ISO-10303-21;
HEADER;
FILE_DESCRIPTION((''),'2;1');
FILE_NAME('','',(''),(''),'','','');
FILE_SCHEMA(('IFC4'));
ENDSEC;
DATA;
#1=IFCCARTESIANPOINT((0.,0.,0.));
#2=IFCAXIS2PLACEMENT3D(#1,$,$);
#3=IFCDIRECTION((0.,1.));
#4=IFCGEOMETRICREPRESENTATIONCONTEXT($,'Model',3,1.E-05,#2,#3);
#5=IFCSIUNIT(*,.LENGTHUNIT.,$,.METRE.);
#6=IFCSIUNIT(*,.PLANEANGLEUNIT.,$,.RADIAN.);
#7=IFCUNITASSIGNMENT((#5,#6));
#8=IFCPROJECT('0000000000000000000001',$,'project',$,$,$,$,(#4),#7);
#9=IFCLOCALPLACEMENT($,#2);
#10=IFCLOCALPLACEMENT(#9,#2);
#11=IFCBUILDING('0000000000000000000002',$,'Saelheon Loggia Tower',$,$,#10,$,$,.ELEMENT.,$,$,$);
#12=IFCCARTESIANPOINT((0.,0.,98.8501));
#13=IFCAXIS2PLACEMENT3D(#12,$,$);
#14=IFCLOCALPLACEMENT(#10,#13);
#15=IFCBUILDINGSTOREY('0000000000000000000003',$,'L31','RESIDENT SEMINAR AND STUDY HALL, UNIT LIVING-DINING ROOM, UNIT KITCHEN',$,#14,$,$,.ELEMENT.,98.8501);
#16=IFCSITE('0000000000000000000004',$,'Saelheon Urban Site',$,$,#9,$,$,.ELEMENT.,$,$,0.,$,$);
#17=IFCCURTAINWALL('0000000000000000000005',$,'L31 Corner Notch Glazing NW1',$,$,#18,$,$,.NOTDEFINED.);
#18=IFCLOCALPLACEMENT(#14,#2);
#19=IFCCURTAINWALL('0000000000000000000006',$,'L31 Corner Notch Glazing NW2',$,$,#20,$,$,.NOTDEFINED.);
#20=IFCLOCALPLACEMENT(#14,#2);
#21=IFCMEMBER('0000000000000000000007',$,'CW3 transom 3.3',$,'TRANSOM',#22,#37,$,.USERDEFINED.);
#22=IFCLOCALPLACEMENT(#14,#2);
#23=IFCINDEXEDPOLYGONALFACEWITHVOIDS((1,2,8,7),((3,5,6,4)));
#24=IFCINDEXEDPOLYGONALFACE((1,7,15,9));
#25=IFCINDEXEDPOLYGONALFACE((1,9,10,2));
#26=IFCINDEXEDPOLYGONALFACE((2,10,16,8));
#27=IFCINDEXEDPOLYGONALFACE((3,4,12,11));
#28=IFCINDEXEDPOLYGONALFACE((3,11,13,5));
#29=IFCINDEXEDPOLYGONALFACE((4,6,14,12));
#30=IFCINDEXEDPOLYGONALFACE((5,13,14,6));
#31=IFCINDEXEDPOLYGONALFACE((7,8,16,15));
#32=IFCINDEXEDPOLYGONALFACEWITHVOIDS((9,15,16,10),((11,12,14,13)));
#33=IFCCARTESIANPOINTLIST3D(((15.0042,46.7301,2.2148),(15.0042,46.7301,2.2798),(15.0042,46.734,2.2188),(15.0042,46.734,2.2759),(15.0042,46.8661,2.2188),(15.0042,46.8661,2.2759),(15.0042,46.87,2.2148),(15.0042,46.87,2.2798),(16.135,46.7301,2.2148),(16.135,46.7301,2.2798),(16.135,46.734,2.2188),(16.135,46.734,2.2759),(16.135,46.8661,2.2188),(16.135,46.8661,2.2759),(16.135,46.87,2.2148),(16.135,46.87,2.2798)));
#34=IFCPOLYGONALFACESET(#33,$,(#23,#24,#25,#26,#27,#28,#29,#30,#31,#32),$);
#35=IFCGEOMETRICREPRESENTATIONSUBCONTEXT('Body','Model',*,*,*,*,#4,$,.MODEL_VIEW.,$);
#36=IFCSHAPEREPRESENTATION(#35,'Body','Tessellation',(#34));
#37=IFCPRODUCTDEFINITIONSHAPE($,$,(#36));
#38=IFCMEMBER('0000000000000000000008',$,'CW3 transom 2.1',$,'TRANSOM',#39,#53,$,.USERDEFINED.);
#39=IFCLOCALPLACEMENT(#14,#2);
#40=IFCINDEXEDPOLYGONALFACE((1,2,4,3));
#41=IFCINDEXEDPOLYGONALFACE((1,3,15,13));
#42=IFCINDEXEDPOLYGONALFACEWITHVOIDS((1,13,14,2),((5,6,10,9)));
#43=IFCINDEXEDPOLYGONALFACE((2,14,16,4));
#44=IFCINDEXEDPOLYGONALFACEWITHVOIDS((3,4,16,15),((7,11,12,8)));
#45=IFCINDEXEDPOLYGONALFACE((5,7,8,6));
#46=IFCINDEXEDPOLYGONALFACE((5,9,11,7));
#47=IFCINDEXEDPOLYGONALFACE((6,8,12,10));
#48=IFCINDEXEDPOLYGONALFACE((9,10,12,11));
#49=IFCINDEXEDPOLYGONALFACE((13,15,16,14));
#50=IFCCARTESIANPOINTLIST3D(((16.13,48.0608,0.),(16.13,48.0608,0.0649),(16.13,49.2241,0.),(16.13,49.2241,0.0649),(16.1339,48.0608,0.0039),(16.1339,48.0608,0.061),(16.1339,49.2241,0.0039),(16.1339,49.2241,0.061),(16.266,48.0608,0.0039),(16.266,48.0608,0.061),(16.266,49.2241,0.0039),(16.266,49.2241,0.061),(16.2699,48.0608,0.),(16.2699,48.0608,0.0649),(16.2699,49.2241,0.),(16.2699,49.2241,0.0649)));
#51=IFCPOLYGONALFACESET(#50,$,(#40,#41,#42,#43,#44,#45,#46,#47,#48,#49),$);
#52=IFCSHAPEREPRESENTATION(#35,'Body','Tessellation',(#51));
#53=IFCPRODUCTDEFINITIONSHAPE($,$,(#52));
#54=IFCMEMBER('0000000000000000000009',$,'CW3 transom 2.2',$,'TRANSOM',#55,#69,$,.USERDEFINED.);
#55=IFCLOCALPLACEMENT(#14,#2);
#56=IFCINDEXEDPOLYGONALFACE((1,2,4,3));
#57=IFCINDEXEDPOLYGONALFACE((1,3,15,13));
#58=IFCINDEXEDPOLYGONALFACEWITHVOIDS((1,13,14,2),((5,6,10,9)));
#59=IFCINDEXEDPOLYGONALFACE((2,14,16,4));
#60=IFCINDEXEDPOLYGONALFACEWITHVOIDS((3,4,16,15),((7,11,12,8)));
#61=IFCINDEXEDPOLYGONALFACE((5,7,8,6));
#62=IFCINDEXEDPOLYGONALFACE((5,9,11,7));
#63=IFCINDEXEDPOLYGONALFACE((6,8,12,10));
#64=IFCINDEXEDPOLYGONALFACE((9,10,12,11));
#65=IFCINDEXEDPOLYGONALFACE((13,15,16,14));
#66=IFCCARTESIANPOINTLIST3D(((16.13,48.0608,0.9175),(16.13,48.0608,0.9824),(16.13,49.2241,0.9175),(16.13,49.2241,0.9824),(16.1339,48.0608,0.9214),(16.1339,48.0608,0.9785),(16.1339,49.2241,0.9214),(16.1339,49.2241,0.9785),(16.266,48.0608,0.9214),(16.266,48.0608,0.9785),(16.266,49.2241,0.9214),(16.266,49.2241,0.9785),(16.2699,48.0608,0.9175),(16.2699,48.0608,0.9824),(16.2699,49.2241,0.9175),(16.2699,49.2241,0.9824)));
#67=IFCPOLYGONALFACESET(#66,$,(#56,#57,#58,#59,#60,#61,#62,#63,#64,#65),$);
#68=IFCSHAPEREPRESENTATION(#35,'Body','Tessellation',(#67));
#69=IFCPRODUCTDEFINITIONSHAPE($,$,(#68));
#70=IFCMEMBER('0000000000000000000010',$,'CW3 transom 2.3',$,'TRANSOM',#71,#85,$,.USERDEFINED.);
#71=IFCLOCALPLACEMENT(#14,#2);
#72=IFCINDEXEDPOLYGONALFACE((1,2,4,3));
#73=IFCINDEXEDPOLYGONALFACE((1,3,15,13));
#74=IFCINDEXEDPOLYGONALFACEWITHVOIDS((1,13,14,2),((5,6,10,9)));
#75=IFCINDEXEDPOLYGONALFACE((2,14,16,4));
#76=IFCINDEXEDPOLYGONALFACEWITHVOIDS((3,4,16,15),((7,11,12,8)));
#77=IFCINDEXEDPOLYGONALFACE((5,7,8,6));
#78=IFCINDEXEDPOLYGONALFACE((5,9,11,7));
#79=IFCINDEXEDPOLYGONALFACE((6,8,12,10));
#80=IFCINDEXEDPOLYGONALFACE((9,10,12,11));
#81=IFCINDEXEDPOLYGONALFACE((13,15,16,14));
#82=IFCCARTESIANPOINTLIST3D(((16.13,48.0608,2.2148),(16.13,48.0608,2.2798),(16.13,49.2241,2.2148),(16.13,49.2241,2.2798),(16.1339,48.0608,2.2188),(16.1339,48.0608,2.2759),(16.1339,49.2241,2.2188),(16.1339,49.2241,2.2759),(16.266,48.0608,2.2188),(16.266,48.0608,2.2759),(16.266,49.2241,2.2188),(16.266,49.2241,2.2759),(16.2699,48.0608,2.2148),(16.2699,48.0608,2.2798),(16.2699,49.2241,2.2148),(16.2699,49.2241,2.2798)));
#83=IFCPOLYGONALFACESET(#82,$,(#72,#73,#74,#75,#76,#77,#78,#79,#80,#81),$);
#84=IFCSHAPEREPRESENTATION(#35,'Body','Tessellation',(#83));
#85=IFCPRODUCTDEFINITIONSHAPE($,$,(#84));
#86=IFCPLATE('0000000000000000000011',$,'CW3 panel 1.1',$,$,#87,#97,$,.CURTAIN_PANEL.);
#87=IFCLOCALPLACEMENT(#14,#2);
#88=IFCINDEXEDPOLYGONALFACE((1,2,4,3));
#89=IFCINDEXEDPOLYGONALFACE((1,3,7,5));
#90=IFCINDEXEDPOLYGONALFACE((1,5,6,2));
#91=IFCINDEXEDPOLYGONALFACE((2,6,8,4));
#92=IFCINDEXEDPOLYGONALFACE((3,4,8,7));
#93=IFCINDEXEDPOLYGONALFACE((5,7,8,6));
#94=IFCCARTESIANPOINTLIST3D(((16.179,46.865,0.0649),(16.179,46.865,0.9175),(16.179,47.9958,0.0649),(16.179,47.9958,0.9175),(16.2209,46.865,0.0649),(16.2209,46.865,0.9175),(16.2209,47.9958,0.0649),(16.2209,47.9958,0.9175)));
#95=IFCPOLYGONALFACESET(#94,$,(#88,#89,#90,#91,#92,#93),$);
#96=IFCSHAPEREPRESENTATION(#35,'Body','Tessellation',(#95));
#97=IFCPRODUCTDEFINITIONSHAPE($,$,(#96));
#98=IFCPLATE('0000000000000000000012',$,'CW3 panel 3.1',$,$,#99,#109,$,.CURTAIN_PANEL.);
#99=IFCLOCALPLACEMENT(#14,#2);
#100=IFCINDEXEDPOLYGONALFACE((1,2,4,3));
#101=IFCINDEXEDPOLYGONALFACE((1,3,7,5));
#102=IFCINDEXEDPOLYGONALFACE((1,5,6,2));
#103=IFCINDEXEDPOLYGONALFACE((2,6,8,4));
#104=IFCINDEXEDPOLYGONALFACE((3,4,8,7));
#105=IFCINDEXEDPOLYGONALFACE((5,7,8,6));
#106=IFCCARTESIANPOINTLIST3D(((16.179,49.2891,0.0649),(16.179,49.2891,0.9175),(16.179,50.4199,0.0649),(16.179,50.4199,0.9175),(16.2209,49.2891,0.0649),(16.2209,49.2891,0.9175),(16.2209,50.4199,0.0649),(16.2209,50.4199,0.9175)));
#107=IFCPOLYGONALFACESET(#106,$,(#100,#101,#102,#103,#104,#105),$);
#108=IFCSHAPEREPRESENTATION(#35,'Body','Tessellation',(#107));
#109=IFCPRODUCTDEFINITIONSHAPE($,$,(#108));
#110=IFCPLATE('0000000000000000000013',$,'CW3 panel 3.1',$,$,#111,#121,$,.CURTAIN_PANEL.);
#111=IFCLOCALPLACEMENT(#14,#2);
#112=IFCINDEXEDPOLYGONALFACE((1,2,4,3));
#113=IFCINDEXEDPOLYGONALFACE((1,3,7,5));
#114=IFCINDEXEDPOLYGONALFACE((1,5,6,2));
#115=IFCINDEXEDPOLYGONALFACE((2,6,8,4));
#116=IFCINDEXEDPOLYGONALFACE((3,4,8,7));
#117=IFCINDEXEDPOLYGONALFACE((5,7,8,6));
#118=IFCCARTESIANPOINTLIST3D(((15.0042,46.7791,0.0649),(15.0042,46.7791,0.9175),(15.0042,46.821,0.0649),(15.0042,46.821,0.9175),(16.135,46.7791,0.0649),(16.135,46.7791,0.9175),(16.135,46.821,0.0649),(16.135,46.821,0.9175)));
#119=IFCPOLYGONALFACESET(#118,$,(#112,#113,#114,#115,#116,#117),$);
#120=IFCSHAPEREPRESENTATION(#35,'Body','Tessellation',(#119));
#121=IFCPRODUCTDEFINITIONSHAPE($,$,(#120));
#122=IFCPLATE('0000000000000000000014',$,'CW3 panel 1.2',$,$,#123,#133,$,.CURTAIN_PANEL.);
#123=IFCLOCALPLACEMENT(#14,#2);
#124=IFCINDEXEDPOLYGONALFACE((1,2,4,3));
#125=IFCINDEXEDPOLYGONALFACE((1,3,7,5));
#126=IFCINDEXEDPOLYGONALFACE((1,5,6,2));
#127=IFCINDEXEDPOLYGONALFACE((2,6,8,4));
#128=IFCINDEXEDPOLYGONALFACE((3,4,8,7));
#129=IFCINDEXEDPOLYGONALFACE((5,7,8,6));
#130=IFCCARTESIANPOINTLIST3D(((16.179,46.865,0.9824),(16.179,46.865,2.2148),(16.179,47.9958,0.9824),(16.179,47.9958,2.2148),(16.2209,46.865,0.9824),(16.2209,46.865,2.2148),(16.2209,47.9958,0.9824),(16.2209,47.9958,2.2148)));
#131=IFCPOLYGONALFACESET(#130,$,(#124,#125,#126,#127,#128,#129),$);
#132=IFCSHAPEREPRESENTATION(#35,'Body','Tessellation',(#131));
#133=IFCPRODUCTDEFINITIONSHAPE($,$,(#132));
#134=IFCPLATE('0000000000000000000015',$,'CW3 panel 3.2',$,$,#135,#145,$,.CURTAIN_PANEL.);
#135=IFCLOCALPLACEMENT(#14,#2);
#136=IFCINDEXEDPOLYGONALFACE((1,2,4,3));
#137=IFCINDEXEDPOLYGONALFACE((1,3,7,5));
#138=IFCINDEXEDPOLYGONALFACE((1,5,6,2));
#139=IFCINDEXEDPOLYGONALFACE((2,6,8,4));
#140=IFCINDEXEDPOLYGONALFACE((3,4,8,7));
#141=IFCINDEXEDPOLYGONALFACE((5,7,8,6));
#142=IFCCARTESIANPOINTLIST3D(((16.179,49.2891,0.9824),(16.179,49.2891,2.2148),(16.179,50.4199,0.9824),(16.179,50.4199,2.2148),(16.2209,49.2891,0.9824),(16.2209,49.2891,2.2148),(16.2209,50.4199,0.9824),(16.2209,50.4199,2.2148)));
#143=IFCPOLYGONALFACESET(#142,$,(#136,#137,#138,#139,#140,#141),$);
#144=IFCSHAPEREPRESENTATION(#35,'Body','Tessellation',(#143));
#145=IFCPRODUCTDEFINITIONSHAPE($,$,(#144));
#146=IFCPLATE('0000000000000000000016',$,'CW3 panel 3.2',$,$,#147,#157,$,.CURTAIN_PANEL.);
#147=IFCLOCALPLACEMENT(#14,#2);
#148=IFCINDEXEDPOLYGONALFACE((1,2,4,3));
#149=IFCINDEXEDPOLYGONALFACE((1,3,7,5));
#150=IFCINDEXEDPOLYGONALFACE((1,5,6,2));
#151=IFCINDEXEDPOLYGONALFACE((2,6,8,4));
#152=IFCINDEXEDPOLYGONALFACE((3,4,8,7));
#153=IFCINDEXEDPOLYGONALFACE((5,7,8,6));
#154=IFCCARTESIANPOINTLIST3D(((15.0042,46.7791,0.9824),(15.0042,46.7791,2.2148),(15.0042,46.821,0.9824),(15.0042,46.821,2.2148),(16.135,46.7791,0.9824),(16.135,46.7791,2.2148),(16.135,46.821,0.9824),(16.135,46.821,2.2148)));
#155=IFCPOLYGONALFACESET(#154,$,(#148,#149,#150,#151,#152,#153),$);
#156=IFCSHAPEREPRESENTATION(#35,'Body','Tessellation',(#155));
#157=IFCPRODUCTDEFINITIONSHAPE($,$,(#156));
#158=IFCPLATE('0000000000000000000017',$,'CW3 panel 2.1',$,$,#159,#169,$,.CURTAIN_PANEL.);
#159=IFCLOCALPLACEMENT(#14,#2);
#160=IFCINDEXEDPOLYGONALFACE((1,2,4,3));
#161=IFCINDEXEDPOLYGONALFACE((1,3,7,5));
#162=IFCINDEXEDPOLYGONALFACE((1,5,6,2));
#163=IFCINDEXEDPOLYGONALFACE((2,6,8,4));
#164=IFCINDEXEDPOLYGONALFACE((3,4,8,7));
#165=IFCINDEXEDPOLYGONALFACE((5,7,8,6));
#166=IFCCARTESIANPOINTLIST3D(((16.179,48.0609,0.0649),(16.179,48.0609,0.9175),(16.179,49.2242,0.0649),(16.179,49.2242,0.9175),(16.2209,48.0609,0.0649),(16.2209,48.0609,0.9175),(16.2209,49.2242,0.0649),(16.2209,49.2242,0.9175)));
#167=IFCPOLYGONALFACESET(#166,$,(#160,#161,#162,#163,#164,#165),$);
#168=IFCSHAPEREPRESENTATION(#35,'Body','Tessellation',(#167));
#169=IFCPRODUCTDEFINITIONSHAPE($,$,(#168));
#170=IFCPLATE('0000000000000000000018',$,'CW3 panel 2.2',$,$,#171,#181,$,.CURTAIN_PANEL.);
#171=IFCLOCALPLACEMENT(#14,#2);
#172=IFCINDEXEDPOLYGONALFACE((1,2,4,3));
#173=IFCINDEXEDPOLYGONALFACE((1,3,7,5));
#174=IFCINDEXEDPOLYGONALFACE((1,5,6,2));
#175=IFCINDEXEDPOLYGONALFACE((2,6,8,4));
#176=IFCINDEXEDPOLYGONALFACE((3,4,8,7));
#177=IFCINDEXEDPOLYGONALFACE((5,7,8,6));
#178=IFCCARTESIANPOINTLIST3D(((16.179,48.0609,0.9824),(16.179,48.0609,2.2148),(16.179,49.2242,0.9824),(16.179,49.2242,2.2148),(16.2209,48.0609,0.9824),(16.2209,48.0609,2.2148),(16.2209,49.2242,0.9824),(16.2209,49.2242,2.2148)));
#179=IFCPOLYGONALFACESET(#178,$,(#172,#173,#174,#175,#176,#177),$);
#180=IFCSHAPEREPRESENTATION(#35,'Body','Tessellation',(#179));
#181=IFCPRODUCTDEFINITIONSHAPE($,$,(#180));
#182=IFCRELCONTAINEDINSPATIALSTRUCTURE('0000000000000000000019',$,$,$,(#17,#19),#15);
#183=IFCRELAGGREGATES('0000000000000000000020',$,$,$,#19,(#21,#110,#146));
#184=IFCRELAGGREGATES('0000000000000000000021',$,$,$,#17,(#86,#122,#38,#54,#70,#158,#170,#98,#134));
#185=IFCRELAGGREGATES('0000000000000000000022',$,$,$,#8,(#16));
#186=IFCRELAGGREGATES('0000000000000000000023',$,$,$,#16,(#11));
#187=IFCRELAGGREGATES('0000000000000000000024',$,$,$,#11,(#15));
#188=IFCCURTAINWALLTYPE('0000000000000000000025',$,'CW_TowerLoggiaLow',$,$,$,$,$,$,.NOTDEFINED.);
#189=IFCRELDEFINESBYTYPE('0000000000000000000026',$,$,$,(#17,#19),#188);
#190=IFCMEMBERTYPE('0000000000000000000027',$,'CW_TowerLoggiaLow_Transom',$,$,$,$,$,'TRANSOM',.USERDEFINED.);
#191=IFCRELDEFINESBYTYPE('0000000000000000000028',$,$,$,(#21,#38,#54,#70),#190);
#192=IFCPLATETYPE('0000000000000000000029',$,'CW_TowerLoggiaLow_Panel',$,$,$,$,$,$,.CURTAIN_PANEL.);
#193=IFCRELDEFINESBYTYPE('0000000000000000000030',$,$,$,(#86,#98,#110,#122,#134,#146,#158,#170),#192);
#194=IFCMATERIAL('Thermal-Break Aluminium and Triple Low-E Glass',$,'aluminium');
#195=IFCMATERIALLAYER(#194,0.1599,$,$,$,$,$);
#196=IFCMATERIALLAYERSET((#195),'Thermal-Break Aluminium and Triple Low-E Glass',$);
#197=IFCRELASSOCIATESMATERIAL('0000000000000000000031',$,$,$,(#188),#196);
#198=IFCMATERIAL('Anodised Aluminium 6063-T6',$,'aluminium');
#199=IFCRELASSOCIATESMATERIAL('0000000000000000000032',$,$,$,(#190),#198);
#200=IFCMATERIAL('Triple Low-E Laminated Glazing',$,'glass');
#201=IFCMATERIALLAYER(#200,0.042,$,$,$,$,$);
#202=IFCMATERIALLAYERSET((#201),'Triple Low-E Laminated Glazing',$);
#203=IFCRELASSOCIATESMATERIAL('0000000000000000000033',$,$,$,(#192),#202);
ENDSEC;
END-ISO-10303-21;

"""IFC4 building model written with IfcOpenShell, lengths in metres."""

from ifc_helpers import new_model, si_unit, direction, frame, origin, origin_2d, place, context, subcontext, project, spatial, rectangle, hollow_rectangle, extrude, source, transform, mapped, material, layer, layer_set, material_profile, profile_set, type_object, element, aggregate, save


model = new_model("IFC4")

# Units and contexts
model_context = context("Model", 3, precision=1e-05, world=origin(), true_north=direction((0.0, 1.0)))
body_context = subcontext(model_context, "Body", "Model", "MODEL_VIEW")
ifc_project = project(units=[si_unit("LENGTHUNIT", "METRE"), si_unit("PLANEANGLEUNIT", "RADIAN")], contexts=[model_context])

# Site, building, storey
site_placement = place(None, origin())
site = spatial("IfcSite", under=ifc_project, at=site_placement, Name="Saelheon Urban Site", CompositionType="ELEMENT", RefElevation=0.0)
building_placement = place(site_placement, origin())
building = spatial("IfcBuilding", under=site, at=building_placement, Name="Saelheon Loggia Tower", CompositionType="ELEMENT")
storey_placement = place(building_placement, frame((0.0, 0.0, 98.8501)))
storey = spatial("IfcBuildingStorey", under=building, at=storey_placement, Name="L31", Description="RESIDENT SEMINAR AND STUDY HALL, UNIT LIVING-DINING ROOM, UNIT KITCHEN", CompositionType="ELEMENT", Elevation=98.8501)

# Curtain wall
ifc_material_1 = material(Name="Thermal-Break Aluminium and Triple Low-E Glass", Category="aluminium")
ifc_layer_1 = layer(ifc_material_1, 0.1599)
ifc_layer_set_1 = layer_set([ifc_layer_1], Name="Thermal-Break Aluminium and Triple Low-E Glass")
curtain_wall_type = type_object("IfcCurtainWallType", Name="CW_TowerLoggiaLow", PredefinedType="NOTDEFINED", material=ifc_layer_set_1)
curtain_wall_1_placement = place(storey_placement, origin())
curtain_wall_1 = element("IfcCurtainWall", 1, at=curtain_wall_1_placement, inside=storey, type_object=curtain_wall_type, Name="L31 Corner Notch Glazing NW1", PredefinedType="NOTDEFINED")
ifc_material_2 = material(Name="Anodised Aluminium 6063-T6", Category="aluminium")

# Curtain wall
curtain_wall_2_placement = place(storey_placement, origin())
curtain_wall_2 = element("IfcCurtainWall", 2, at=curtain_wall_2_placement, inside=storey, type_object=curtain_wall_type, Name="L31 Corner Notch Glazing NW2", PredefinedType="NOTDEFINED")

# Members
ifc_material_profile_1 = material_profile(ifc_material_2, hollow_rectangle(XDim=0.0649, YDim=0.1399, WallThickness=0.0039, at=origin_2d()), Name="RHS-140x65x4")
ifc_profile_set_1 = profile_set([ifc_material_profile_1], Name="Anodised Aluminium 6063-T6")
member_type_1 = type_object("IfcMemberType", Name="CW_TowerLoggiaLow_Transom", ElementType="TRANSOM", PredefinedType="USERDEFINED", material=ifc_profile_set_1)
shared_shape_1 = source(origin(), body_context, "Body", "SweptSolid", [
    extrude(hollow_rectangle(XDim=0.0649, YDim=0.1399, WallThickness=0.0039, at=origin_2d()), origin(), (0.0, 0.0, 1.0), 1.1309),
])
member_1_placement = place(storey_placement, frame((15.0042, 46.8, 2.2473), z_axis=(1.0, 0.0, 0.0), x_axis=(0.0, 0.0, 1.0)))
member_1 = element("IfcMember", 3, at=member_1_placement, type_object=member_type_1, Name="CW3 transom 3.3", ObjectType="TRANSOM", PredefinedType="USERDEFINED", context=body_context, shape_type="MappedRepresentation", body=[
    mapped(shared_shape_1, transform((0.0, 0.0, 0.0), scale=1.0)),
])
shared_shape_2 = source(origin(), body_context, "Body", "SweptSolid", [
    extrude(hollow_rectangle(XDim=0.0649, YDim=0.1399, WallThickness=0.0039, at=origin_2d()), origin(), (0.0, 0.0, 1.0), 1.1633),
])
member_2_placement = place(storey_placement, frame((16.2, 48.0608, 0.0325), z_axis=(0.0, 1.0, 0.0), x_axis=(0.0, 0.0, 1.0)))
member_2 = element("IfcMember", 4, at=member_2_placement, type_object=member_type_1, Name="CW3 transom 2.1", ObjectType="TRANSOM", PredefinedType="USERDEFINED", context=body_context, shape_type="MappedRepresentation", body=[
    mapped(shared_shape_2, transform((0.0, 0.0, 0.0), scale=1.0)),
])
member_3_placement = place(storey_placement, frame((16.2, 48.0608, 0.95), z_axis=(0.0, 1.0, 0.0), x_axis=(0.0, 0.0, 1.0)))
member_3 = element("IfcMember", 5, at=member_3_placement, type_object=member_type_1, Name="CW3 transom 2.2", ObjectType="TRANSOM", PredefinedType="USERDEFINED", context=body_context, shape_type="MappedRepresentation", body=[
    mapped(shared_shape_2, transform((0.0, 0.0, 0.0), scale=1.0)),
])
member_4_placement = place(storey_placement, frame((16.2, 48.0608, 2.2473), z_axis=(0.0, 1.0, 0.0), x_axis=(0.0, 0.0, 1.0)))
member_4 = element("IfcMember", 6, at=member_4_placement, type_object=member_type_1, Name="CW3 transom 2.3", ObjectType="TRANSOM", PredefinedType="USERDEFINED", context=body_context, shape_type="MappedRepresentation", body=[
    mapped(shared_shape_2, transform((0.0, 0.0, 0.0), scale=1.0)),
])

# Plates
ifc_material_3 = material(Name="Triple Low-E Laminated Glazing", Category="glass")
ifc_layer_2 = layer(ifc_material_3, 0.042)
ifc_layer_set_2 = layer_set([ifc_layer_2], Name="Triple Low-E Laminated Glazing")
plate_type = type_object("IfcPlateType", Name="CW_TowerLoggiaLow_Panel", PredefinedType="CURTAIN_PANEL", material=ifc_layer_set_2)
shared_shape_3 = source(origin(), body_context, "Body", "SweptSolid", [
    extrude(rectangle(XDim=1.1309, YDim=0.042, at=origin_2d()), origin(), (0.0, 0.0, 1.0), 0.8525),
])
plate_1_placement = place(storey_placement, frame((16.2, 47.4304, 0.0649), z_axis=(0.0, 0.0, 1.0), x_axis=(0.0, 1.0, 0.0)))
plate_1 = element("IfcPlate", 7, at=plate_1_placement, type_object=plate_type, Name="CW3 panel 1.1", PredefinedType="CURTAIN_PANEL", context=body_context, shape_type="MappedRepresentation", body=[
    mapped(shared_shape_3, transform((0.0, 0.0, 0.0), scale=1.0)),
])
plate_2_placement = place(storey_placement, frame((16.2, 49.8545, 0.0649), z_axis=(0.0, 0.0, 1.0), x_axis=(0.0, 1.0, 0.0)))
plate_2 = element("IfcPlate", 8, at=plate_2_placement, type_object=plate_type, Name="CW3 panel 3.1", PredefinedType="CURTAIN_PANEL", context=body_context, shape_type="MappedRepresentation", body=[
    mapped(shared_shape_3, transform((0.0, 0.0, 0.0), scale=1.0)),
])
plate_3_placement = place(storey_placement, frame((15.5696, 46.8, 0.0649), z_axis=(0.0, 0.0, 1.0), x_axis=(1.0, 0.0, 0.0)))
plate_3 = element("IfcPlate", 9, at=plate_3_placement, type_object=plate_type, Name="CW3 panel 3.1", PredefinedType="CURTAIN_PANEL", context=body_context, shape_type="MappedRepresentation", body=[
    mapped(shared_shape_3, transform((0.0, 0.0, 0.0), scale=1.0)),
])
shared_shape_4 = source(origin(), body_context, "Body", "SweptSolid", [
    extrude(rectangle(XDim=1.1309, YDim=0.042, at=origin_2d()), origin(), (0.0, 0.0, 1.0), 1.2324),
])
plate_4_placement = place(storey_placement, frame((16.2, 47.4304, 0.9824), z_axis=(0.0, 0.0, 1.0), x_axis=(0.0, 1.0, 0.0)))
plate_4 = element("IfcPlate", 10, at=plate_4_placement, type_object=plate_type, Name="CW3 panel 1.2", PredefinedType="CURTAIN_PANEL", context=body_context, shape_type="MappedRepresentation", body=[
    mapped(shared_shape_4, transform((0.0, 0.0, 0.0), scale=1.0)),
])
plate_5_placement = place(storey_placement, frame((16.2, 49.8545, 0.9824), z_axis=(0.0, 0.0, 1.0), x_axis=(0.0, 1.0, 0.0)))
plate_5 = element("IfcPlate", 11, at=plate_5_placement, type_object=plate_type, Name="CW3 panel 3.2", PredefinedType="CURTAIN_PANEL", context=body_context, shape_type="MappedRepresentation", body=[
    mapped(shared_shape_4, transform((0.0, 0.0, 0.0), scale=1.0)),
])
plate_6_placement = place(storey_placement, frame((15.5696, 46.8, 0.9824), z_axis=(0.0, 0.0, 1.0), x_axis=(1.0, 0.0, 0.0)))
plate_6 = element("IfcPlate", 12, at=plate_6_placement, type_object=plate_type, Name="CW3 panel 3.2", PredefinedType="CURTAIN_PANEL", context=body_context, shape_type="MappedRepresentation", body=[
    mapped(shared_shape_4, transform((0.0, 0.0, 0.0), scale=1.0)),
])
aggregate(curtain_wall_2, [member_1, plate_3, plate_6])
shared_shape_5 = source(origin(), body_context, "Body", "SweptSolid", [
    extrude(rectangle(XDim=1.1633, YDim=0.042, at=origin_2d()), origin(), (0.0, 0.0, 1.0), 0.8525),
])
plate_7_placement = place(storey_placement, frame((16.2, 48.6426, 0.0649), z_axis=(0.0, 0.0, 1.0), x_axis=(0.0, 1.0, 0.0)))
plate_7 = element("IfcPlate", 13, at=plate_7_placement, type_object=plate_type, Name="CW3 panel 2.1", PredefinedType="CURTAIN_PANEL", context=body_context, shape_type="MappedRepresentation", body=[
    mapped(shared_shape_5, transform((0.0, 0.0, 0.0), scale=1.0)),
])
shared_shape_6 = source(origin(), body_context, "Body", "SweptSolid", [
    extrude(rectangle(XDim=1.1633, YDim=0.042, at=origin_2d()), origin(), (0.0, 0.0, 1.0), 1.2324),
])
plate_8_placement = place(storey_placement, frame((16.2, 48.6426, 0.9824), z_axis=(0.0, 0.0, 1.0), x_axis=(0.0, 1.0, 0.0)))
plate_8 = element("IfcPlate", 14, at=plate_8_placement, type_object=plate_type, Name="CW3 panel 2.2", PredefinedType="CURTAIN_PANEL", context=body_context, shape_type="MappedRepresentation", body=[
    mapped(shared_shape_6, transform((0.0, 0.0, 0.0), scale=1.0)),
])
aggregate(curtain_wall_1, [plate_1, plate_4, member_2, member_3, member_4, plate_7, plate_8, plate_2, plate_5])

save(model, "model.ifc")
